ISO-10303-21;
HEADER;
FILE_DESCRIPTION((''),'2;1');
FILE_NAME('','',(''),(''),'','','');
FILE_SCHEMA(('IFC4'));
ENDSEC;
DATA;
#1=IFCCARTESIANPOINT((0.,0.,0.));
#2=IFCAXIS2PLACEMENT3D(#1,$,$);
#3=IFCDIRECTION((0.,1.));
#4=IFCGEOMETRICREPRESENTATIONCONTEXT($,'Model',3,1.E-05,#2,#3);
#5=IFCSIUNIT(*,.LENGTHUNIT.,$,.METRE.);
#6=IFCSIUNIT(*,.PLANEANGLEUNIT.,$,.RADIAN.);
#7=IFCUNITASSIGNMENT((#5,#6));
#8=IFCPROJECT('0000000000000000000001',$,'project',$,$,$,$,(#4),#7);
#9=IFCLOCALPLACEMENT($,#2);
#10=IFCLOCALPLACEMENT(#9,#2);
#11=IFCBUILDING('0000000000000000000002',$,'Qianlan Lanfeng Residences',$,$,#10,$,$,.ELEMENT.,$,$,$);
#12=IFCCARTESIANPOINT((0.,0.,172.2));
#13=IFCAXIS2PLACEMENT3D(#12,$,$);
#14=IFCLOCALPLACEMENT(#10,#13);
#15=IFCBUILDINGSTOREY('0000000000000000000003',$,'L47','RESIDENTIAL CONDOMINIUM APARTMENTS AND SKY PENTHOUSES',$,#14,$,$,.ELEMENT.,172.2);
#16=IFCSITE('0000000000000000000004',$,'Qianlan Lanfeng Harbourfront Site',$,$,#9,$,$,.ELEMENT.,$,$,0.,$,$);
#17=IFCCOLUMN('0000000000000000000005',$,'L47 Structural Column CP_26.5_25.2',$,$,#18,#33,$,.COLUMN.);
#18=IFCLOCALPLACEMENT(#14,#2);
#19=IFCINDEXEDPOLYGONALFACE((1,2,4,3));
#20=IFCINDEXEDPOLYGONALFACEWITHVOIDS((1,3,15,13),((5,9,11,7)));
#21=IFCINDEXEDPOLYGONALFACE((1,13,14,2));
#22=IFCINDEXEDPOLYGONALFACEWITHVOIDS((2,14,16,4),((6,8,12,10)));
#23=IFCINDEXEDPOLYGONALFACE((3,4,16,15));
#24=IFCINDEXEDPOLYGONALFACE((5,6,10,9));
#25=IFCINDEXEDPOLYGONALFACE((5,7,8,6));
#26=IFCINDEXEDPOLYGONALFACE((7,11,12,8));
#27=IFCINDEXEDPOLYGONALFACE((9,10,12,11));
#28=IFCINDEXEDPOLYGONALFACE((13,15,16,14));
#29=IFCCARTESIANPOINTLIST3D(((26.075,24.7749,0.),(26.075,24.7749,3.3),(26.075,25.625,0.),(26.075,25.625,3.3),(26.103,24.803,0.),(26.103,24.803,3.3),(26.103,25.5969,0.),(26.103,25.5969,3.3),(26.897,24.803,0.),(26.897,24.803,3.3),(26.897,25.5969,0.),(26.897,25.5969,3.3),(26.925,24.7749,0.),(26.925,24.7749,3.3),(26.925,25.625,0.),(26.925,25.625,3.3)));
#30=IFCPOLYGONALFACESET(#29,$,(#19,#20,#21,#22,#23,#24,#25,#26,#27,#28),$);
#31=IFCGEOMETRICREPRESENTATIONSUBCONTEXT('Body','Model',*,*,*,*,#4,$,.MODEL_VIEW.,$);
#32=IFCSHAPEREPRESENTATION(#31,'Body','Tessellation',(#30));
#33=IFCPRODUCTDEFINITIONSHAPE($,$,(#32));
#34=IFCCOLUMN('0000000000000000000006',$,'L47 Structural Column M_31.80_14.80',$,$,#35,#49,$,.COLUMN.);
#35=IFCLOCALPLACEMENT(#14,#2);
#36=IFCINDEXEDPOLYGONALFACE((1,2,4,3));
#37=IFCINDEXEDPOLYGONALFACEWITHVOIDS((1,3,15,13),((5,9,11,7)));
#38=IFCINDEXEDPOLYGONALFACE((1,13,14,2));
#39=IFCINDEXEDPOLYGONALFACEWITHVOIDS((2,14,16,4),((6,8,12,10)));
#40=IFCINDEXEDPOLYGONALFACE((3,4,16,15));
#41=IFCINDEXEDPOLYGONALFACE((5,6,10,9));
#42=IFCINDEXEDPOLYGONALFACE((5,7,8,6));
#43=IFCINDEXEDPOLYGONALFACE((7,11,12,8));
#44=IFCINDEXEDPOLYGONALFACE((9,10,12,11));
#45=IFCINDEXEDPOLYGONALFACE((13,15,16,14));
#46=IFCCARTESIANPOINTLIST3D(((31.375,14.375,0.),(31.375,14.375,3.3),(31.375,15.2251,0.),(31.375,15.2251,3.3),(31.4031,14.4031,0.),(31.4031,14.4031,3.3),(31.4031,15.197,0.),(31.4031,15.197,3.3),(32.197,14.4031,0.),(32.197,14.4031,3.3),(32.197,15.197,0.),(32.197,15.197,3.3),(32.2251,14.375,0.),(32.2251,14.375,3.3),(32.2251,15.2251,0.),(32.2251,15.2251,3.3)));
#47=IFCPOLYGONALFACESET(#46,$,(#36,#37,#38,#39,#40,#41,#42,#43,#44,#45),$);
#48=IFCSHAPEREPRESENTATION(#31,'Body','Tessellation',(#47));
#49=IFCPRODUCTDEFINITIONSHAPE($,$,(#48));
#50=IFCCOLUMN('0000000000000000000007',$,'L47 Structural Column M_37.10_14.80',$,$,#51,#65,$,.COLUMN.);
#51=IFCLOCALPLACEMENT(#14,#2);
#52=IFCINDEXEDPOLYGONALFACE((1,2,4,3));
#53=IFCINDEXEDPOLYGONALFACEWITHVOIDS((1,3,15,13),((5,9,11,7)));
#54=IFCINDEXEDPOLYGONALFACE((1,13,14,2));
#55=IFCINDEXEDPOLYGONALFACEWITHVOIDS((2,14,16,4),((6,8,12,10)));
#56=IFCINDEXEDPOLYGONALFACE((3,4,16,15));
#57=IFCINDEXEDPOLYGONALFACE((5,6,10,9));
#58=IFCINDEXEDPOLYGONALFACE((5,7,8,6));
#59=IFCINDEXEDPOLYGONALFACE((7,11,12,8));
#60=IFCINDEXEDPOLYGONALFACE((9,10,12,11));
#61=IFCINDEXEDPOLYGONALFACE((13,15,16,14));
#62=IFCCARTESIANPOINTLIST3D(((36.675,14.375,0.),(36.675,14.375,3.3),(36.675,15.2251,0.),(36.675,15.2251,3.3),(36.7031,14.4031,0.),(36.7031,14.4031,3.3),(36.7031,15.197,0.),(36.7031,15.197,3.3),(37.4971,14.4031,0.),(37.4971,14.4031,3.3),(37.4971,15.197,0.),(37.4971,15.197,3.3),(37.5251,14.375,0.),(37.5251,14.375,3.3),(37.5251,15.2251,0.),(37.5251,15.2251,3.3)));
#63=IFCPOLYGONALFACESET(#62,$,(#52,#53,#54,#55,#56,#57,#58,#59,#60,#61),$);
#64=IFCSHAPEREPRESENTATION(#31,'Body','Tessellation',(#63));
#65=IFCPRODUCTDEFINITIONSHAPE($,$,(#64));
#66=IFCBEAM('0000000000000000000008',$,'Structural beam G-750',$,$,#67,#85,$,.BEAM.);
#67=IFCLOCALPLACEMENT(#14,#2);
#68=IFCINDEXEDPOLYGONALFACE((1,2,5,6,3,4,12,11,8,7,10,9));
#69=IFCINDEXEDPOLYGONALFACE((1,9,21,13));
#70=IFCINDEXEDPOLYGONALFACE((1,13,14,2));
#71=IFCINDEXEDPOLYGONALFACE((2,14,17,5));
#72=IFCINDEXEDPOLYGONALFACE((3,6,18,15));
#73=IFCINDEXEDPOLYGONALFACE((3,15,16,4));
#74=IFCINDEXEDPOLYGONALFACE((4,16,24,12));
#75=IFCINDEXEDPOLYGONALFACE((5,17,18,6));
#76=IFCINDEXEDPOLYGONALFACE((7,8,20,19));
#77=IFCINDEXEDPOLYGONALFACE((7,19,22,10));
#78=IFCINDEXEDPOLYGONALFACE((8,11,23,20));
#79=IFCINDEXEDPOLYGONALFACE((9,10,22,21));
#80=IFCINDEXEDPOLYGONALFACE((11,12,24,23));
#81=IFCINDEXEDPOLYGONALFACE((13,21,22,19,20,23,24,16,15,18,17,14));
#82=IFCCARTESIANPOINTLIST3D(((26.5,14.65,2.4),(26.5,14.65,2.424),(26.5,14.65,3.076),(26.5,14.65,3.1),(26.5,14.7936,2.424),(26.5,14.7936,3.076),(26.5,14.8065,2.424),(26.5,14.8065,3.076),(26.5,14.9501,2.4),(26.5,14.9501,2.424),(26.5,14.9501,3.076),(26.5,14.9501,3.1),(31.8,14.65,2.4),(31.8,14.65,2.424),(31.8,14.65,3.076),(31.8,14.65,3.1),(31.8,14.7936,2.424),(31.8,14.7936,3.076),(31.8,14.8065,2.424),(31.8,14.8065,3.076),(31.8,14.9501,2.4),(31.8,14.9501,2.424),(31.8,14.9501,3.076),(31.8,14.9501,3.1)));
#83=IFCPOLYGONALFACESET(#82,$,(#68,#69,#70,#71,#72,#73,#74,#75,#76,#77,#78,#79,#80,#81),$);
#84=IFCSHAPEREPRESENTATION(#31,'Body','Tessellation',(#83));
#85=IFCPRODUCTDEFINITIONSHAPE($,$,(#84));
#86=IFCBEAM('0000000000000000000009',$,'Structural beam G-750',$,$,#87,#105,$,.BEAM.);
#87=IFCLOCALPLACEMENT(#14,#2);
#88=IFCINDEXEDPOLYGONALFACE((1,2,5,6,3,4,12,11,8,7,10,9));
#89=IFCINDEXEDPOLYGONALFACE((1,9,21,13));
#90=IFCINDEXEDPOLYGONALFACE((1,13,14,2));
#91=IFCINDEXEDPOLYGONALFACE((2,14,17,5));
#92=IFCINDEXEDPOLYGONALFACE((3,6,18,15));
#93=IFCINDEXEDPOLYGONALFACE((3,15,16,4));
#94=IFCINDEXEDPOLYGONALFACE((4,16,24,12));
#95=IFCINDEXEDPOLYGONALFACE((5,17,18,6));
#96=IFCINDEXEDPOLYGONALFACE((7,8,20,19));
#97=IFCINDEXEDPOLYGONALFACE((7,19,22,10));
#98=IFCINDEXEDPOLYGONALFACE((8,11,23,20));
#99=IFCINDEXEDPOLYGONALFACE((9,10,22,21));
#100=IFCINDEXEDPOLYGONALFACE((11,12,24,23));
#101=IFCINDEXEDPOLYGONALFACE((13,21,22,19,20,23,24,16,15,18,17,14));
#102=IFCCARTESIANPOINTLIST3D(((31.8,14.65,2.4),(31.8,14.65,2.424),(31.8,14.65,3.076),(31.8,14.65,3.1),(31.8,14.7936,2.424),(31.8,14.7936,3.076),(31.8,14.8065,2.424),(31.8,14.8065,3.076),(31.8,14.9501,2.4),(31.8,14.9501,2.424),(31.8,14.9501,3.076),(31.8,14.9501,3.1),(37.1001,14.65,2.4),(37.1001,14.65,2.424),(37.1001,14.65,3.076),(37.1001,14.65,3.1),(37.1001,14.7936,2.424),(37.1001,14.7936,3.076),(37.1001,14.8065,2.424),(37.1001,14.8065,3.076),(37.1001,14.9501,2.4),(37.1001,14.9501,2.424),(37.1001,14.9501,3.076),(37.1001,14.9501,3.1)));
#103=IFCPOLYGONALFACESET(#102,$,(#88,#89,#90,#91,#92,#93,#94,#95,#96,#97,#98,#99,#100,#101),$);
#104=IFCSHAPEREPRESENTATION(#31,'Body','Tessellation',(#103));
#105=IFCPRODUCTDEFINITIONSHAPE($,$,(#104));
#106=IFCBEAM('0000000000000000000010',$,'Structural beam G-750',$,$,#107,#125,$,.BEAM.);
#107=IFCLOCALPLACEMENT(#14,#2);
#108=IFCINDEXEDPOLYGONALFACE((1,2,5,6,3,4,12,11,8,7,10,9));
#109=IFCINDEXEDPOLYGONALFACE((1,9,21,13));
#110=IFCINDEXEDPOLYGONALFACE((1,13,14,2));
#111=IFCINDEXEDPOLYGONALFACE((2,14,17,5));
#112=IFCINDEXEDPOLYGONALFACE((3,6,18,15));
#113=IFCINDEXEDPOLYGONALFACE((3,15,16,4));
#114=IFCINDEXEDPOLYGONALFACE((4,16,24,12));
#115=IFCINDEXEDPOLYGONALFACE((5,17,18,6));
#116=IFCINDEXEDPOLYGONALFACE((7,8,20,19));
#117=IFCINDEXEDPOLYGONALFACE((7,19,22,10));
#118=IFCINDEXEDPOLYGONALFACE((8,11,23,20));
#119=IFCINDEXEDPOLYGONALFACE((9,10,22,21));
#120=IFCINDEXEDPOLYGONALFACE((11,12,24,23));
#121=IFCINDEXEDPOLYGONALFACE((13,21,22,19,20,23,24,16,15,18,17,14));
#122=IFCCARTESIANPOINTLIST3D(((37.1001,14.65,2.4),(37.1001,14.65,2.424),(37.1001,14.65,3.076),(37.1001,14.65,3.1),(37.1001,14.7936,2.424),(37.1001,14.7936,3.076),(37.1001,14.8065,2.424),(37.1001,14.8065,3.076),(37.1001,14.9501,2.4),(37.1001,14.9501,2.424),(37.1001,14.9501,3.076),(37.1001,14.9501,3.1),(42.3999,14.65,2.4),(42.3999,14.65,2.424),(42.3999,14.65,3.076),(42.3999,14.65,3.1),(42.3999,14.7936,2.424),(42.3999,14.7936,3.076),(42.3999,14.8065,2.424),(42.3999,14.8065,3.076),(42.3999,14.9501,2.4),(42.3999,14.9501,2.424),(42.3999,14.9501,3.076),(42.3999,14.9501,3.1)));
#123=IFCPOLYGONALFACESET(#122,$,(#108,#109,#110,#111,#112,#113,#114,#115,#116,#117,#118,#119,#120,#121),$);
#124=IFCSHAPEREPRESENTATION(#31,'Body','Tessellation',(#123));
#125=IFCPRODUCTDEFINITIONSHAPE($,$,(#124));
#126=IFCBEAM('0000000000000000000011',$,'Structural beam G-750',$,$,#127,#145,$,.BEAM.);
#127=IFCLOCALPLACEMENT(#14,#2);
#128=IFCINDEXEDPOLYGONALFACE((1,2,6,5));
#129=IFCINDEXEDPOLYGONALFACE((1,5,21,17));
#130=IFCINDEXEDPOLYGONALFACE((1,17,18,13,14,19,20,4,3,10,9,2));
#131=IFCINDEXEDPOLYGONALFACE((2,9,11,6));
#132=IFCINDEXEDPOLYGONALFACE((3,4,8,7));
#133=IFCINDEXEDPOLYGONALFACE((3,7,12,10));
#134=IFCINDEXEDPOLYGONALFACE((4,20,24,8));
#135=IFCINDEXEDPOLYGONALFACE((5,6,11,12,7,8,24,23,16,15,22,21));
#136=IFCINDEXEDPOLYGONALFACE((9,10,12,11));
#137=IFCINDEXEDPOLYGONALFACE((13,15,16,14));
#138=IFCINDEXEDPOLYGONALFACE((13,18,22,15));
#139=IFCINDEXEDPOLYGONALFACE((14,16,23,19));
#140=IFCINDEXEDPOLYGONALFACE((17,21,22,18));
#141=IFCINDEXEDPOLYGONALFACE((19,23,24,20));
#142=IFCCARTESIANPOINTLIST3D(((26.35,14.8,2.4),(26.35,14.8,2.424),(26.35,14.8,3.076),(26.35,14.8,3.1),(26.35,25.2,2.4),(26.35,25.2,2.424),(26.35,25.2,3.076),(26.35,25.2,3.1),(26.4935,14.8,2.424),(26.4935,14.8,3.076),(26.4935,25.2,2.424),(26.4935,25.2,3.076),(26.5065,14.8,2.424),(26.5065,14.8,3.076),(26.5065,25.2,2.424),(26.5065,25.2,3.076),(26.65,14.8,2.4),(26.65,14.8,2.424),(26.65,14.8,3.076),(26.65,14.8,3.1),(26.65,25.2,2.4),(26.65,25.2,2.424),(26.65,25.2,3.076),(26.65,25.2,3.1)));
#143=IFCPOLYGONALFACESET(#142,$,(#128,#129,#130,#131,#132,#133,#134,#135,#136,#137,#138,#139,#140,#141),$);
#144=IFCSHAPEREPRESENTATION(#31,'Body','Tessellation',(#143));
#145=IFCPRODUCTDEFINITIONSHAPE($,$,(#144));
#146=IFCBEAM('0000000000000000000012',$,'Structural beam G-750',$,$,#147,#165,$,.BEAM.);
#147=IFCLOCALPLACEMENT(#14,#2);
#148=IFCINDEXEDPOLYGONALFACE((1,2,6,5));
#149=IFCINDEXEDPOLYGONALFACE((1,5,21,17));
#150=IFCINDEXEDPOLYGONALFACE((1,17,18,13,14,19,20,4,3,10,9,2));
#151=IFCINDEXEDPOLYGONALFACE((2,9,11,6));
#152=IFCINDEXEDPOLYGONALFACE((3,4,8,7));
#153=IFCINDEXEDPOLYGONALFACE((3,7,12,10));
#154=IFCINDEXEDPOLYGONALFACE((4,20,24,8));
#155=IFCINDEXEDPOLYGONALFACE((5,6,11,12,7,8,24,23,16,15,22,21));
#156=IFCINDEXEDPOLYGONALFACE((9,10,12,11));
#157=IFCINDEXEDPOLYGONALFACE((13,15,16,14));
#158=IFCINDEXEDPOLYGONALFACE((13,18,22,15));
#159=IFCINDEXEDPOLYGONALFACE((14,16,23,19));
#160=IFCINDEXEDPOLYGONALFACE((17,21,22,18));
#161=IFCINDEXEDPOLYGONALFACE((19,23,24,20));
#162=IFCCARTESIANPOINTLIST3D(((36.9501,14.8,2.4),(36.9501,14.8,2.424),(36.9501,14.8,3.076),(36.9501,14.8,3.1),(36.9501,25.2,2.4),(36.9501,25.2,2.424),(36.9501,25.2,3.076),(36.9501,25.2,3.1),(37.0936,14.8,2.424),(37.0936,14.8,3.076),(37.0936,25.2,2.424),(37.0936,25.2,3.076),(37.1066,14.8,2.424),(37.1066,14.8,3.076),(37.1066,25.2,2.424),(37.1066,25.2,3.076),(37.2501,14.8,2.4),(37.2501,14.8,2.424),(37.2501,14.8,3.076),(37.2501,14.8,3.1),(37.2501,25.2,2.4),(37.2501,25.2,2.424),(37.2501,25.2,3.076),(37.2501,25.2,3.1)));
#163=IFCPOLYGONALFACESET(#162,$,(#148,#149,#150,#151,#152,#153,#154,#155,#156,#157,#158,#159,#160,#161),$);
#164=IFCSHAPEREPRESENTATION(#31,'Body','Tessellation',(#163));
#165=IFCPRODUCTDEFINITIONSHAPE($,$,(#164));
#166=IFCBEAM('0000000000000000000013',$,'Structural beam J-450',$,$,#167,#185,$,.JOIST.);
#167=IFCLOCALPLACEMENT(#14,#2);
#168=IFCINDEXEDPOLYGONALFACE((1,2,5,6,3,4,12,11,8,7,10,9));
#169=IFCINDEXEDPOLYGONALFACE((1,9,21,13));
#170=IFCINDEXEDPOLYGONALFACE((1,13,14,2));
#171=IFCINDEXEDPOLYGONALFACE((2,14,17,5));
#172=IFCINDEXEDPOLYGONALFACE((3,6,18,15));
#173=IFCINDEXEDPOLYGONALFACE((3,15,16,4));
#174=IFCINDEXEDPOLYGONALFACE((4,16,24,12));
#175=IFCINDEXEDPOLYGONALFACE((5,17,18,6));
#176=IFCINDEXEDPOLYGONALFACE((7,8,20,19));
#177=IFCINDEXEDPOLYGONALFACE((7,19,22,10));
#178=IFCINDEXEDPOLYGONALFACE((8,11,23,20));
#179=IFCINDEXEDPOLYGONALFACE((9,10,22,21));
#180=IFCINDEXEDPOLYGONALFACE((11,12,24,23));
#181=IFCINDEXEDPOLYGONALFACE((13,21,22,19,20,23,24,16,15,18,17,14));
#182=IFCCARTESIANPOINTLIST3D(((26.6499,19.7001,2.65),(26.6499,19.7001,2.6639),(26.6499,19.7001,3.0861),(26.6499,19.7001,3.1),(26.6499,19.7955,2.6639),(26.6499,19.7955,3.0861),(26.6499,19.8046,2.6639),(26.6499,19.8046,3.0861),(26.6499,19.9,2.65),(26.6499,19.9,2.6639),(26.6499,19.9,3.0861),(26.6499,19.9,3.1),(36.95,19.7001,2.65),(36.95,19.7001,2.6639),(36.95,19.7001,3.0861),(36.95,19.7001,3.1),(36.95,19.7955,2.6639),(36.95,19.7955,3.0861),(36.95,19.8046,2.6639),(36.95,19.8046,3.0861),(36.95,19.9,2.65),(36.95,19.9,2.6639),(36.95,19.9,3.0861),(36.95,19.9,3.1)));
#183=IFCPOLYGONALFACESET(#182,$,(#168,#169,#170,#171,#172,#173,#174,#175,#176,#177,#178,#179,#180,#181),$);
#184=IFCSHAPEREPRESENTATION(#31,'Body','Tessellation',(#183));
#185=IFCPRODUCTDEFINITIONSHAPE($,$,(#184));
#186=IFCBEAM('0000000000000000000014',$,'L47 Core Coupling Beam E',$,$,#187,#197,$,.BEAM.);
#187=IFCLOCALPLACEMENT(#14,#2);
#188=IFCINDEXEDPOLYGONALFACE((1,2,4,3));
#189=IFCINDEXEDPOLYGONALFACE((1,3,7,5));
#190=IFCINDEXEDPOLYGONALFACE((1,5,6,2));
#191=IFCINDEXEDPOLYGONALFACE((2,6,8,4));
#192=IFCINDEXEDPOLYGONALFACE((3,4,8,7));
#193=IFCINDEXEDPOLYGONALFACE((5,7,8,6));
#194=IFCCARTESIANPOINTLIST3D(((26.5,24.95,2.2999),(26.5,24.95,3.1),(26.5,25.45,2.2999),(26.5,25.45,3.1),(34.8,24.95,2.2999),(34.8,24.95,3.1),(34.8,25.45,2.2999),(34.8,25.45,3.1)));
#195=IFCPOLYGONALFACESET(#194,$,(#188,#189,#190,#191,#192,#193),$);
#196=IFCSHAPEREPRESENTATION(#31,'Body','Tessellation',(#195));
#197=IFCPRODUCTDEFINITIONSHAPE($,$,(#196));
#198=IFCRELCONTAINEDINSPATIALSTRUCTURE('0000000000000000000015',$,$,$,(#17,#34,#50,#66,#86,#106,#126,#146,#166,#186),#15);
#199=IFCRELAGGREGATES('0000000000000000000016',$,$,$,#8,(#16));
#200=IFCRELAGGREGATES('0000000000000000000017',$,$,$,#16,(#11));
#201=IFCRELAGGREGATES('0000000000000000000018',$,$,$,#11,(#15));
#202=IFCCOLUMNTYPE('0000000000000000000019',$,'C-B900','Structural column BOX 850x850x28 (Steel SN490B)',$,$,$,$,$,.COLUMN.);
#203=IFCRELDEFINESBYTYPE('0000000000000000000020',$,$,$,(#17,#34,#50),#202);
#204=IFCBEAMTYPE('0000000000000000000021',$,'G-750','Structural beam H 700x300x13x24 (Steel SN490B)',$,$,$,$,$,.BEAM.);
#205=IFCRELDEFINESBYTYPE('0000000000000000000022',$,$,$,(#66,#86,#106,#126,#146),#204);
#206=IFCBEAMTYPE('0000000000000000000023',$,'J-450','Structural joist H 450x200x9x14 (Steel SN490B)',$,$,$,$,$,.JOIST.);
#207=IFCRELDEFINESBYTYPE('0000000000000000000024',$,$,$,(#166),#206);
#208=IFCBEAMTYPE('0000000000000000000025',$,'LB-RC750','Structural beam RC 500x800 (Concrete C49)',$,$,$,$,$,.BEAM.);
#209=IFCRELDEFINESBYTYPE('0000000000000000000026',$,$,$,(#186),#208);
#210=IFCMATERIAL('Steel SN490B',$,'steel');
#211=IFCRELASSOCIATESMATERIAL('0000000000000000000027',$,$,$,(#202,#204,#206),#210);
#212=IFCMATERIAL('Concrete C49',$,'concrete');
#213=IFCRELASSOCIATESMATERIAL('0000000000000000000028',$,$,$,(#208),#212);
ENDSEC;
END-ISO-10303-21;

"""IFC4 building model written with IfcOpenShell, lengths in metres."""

from ifc_helpers import new_model, si_unit, direction, frame, origin, origin_2d, place, context, subcontext, project, spatial, rectangle, hollow_rectangle, i_section, extrude, material, material_profile, profile_set, type_object, element, save


model = new_model("IFC4")

# Units and contexts
model_context = context("Model", 3, precision=1e-05, world=origin(), true_north=direction((0.0, 1.0)))
body_context = subcontext(model_context, "Body", "Model", "MODEL_VIEW")
ifc_project = project(units=[si_unit("LENGTHUNIT", "METRE"), si_unit("PLANEANGLEUNIT", "RADIAN")], contexts=[model_context])

# Site, building, storey
site_placement = place(None, origin())
site = spatial("IfcSite", under=ifc_project, at=site_placement, Name="Qianlan Lanfeng Harbourfront Site", CompositionType="ELEMENT", RefElevation=0.0)
building_placement = place(site_placement, origin())
building = spatial("IfcBuilding", under=site, at=building_placement, Name="Qianlan Lanfeng Residences", CompositionType="ELEMENT")
storey_placement = place(building_placement, frame((0.0, 0.0, 172.2)))
storey = spatial("IfcBuildingStorey", under=building, at=storey_placement, Name="L47", Description="RESIDENTIAL CONDOMINIUM APARTMENTS AND SKY PENTHOUSES", CompositionType="ELEMENT", Elevation=172.2)

# Columns
ifc_material_1 = material(Name="Steel SN490B", Category="steel")
ifc_material_profile_1 = material_profile(ifc_material_1, hollow_rectangle(XDim=0.8501, YDim=0.8501, WallThickness=0.0281, at=origin_2d()), Name="BOX 850x850x28")
ifc_profile_set_1 = profile_set([ifc_material_profile_1], Name="Steel SN490B")
column_type = type_object("IfcColumnType", Name="C-B900", Description="Structural column BOX 850x850x28 (Steel SN490B)", PredefinedType="COLUMN", material=ifc_profile_set_1)
for number, where, z_axis, x_axis, name in (
    (1, (26.5, 25.2, 0.0), (0.0, 0.0, 1.0), (1.0, 0.0, 0.0), "L47 Structural Column CP_26.5_25.2"),
    (2, (31.8, 14.8, 0.0), (0.0, 0.0, 1.0), (1.0, 0.0, 0.0), "L47 Structural Column M_31.80_14.80"),
    (3, (37.1001, 14.8, 0.0), (0.0, 0.0, 1.0), (1.0, 0.0, 0.0), "L47 Structural Column M_37.10_14.80"),
):
    element("IfcColumn", number, at=place(storey_placement, frame(where, z_axis=z_axis, x_axis=x_axis)), inside=storey, type_object=column_type, Name=name, PredefinedType="COLUMN", context=body_context, shape_type="SweptSolid", body=[
        extrude(hollow_rectangle(XDim=0.8501, YDim=0.8501, WallThickness=0.0281, at=origin_2d()), origin(), (0.0, 0.0, 1.0), 3.3),
    ])

# Beams
ifc_material_profile_2 = material_profile(ifc_material_1, i_section(OverallWidth=0.3, OverallDepth=0.7, WebThickness=0.0129, FlangeThickness=0.0239, at=origin_2d()), Name="H 700x300x13x24")
ifc_profile_set_2 = profile_set([ifc_material_profile_2], Name="Steel SN490B")
beam_type_1 = type_object("IfcBeamType", Name="G-750", Description="Structural beam H 700x300x13x24 (Steel SN490B)", PredefinedType="BEAM", material=ifc_profile_set_2)
for number, where, z_axis, x_axis, name in (
    (4, (26.5, 14.8, 2.75), (1.0, 0.0, 0.0), (0.0, 1.0, 0.0), "Structural beam G-750"),
    (5, (31.8, 14.8, 2.75), (1.0, 0.0, 0.0), (0.0, 1.0, 0.0), "Structural beam G-750"),
):
    element("IfcBeam", number, at=place(storey_placement, frame(where, z_axis=z_axis, x_axis=x_axis)), inside=storey, type_object=beam_type_1, Name=name, PredefinedType="BEAM", context=body_context, shape_type="SweptSolid", body=[
        extrude(i_section(OverallWidth=0.3, OverallDepth=0.7, WebThickness=0.0129, FlangeThickness=0.0239, at=origin_2d()), origin(), (0.0, 0.0, 1.0), 5.3),
    ])
beam_1_placement = place(storey_placement, frame((37.1001, 14.8, 2.75), z_axis=(1.0, 0.0, 0.0), x_axis=(0.0, 1.0, 0.0)))
element("IfcBeam", 6, at=beam_1_placement, inside=storey, type_object=beam_type_1, Name="Structural beam G-750", PredefinedType="BEAM", context=body_context, shape_type="SweptSolid", body=[
    extrude(i_section(OverallWidth=0.3, OverallDepth=0.7, WebThickness=0.0129, FlangeThickness=0.0239, at=origin_2d()), origin(), (0.0, 0.0, 1.0), 5.2998),
])
for number, where, z_axis, x_axis, name in (
    (7, (26.5, 14.8, 2.75), (0.0, 1.0, 0.0), (-1.0, 0.0, 0.0), "Structural beam G-750"),
    (8, (37.1001, 14.8, 2.75), (0.0, 1.0, 0.0), (-1.0, 0.0, 0.0), "Structural beam G-750"),
):
    element("IfcBeam", number, at=place(storey_placement, frame(where, z_axis=z_axis, x_axis=x_axis)), inside=storey, type_object=beam_type_1, Name=name, PredefinedType="BEAM", context=body_context, shape_type="SweptSolid", body=[
        extrude(i_section(OverallWidth=0.3, OverallDepth=0.7, WebThickness=0.0129, FlangeThickness=0.0239, at=origin_2d()), origin(), (0.0, 0.0, 1.0), 10.3999),
    ])
ifc_material_profile_3 = material_profile(ifc_material_1, i_section(OverallWidth=0.2, OverallDepth=0.45, WebThickness=0.009, FlangeThickness=0.0139, at=origin_2d()), Name="H 450x200x9x14")
ifc_profile_set_3 = profile_set([ifc_material_profile_3], Name="Steel SN490B")
beam_type_2 = type_object("IfcBeamType", Name="J-450", Description="Structural joist H 450x200x9x14 (Steel SN490B)", PredefinedType="JOIST", material=ifc_profile_set_3)
beam_2_placement = place(storey_placement, frame((26.6499, 19.8, 2.875), z_axis=(1.0, 0.0, 0.0), x_axis=(0.0, 1.0, 0.0)))
element("IfcBeam", 9, at=beam_2_placement, inside=storey, type_object=beam_type_2, Name="Structural beam J-450", PredefinedType="JOIST", context=body_context, shape_type="SweptSolid", body=[
    extrude(i_section(OverallWidth=0.2, OverallDepth=0.45, WebThickness=0.009, FlangeThickness=0.0139, at=origin_2d()), origin(), (0.0, 0.0, 1.0), 10.3),
])
ifc_material_2 = material(Name="Concrete C49", Category="concrete")
ifc_material_profile_4 = material_profile(ifc_material_2, rectangle(XDim=0.5, YDim=0.8, at=origin_2d()), Name="RC 500x800")
ifc_profile_set_4 = profile_set([ifc_material_profile_4], Name="Concrete C49")
beam_type_3 = type_object("IfcBeamType", Name="LB-RC750", Description="Structural beam RC 500x800 (Concrete C49)", PredefinedType="BEAM", material=ifc_profile_set_4)
beam_3_placement = place(storey_placement, frame((26.5, 25.2, 2.7), z_axis=(1.0, 0.0, 0.0), x_axis=(0.0, 1.0, 0.0)))
element("IfcBeam", 10, at=beam_3_placement, inside=storey, type_object=beam_type_3, Name="L47 Core Coupling Beam E", PredefinedType="BEAM", context=body_context, shape_type="SweptSolid", body=[
    extrude(rectangle(XDim=0.5, YDim=0.8, at=origin_2d()), origin(), (0.0, 0.0, 1.0), 8.3),
])

save(model, "model.ifc")
